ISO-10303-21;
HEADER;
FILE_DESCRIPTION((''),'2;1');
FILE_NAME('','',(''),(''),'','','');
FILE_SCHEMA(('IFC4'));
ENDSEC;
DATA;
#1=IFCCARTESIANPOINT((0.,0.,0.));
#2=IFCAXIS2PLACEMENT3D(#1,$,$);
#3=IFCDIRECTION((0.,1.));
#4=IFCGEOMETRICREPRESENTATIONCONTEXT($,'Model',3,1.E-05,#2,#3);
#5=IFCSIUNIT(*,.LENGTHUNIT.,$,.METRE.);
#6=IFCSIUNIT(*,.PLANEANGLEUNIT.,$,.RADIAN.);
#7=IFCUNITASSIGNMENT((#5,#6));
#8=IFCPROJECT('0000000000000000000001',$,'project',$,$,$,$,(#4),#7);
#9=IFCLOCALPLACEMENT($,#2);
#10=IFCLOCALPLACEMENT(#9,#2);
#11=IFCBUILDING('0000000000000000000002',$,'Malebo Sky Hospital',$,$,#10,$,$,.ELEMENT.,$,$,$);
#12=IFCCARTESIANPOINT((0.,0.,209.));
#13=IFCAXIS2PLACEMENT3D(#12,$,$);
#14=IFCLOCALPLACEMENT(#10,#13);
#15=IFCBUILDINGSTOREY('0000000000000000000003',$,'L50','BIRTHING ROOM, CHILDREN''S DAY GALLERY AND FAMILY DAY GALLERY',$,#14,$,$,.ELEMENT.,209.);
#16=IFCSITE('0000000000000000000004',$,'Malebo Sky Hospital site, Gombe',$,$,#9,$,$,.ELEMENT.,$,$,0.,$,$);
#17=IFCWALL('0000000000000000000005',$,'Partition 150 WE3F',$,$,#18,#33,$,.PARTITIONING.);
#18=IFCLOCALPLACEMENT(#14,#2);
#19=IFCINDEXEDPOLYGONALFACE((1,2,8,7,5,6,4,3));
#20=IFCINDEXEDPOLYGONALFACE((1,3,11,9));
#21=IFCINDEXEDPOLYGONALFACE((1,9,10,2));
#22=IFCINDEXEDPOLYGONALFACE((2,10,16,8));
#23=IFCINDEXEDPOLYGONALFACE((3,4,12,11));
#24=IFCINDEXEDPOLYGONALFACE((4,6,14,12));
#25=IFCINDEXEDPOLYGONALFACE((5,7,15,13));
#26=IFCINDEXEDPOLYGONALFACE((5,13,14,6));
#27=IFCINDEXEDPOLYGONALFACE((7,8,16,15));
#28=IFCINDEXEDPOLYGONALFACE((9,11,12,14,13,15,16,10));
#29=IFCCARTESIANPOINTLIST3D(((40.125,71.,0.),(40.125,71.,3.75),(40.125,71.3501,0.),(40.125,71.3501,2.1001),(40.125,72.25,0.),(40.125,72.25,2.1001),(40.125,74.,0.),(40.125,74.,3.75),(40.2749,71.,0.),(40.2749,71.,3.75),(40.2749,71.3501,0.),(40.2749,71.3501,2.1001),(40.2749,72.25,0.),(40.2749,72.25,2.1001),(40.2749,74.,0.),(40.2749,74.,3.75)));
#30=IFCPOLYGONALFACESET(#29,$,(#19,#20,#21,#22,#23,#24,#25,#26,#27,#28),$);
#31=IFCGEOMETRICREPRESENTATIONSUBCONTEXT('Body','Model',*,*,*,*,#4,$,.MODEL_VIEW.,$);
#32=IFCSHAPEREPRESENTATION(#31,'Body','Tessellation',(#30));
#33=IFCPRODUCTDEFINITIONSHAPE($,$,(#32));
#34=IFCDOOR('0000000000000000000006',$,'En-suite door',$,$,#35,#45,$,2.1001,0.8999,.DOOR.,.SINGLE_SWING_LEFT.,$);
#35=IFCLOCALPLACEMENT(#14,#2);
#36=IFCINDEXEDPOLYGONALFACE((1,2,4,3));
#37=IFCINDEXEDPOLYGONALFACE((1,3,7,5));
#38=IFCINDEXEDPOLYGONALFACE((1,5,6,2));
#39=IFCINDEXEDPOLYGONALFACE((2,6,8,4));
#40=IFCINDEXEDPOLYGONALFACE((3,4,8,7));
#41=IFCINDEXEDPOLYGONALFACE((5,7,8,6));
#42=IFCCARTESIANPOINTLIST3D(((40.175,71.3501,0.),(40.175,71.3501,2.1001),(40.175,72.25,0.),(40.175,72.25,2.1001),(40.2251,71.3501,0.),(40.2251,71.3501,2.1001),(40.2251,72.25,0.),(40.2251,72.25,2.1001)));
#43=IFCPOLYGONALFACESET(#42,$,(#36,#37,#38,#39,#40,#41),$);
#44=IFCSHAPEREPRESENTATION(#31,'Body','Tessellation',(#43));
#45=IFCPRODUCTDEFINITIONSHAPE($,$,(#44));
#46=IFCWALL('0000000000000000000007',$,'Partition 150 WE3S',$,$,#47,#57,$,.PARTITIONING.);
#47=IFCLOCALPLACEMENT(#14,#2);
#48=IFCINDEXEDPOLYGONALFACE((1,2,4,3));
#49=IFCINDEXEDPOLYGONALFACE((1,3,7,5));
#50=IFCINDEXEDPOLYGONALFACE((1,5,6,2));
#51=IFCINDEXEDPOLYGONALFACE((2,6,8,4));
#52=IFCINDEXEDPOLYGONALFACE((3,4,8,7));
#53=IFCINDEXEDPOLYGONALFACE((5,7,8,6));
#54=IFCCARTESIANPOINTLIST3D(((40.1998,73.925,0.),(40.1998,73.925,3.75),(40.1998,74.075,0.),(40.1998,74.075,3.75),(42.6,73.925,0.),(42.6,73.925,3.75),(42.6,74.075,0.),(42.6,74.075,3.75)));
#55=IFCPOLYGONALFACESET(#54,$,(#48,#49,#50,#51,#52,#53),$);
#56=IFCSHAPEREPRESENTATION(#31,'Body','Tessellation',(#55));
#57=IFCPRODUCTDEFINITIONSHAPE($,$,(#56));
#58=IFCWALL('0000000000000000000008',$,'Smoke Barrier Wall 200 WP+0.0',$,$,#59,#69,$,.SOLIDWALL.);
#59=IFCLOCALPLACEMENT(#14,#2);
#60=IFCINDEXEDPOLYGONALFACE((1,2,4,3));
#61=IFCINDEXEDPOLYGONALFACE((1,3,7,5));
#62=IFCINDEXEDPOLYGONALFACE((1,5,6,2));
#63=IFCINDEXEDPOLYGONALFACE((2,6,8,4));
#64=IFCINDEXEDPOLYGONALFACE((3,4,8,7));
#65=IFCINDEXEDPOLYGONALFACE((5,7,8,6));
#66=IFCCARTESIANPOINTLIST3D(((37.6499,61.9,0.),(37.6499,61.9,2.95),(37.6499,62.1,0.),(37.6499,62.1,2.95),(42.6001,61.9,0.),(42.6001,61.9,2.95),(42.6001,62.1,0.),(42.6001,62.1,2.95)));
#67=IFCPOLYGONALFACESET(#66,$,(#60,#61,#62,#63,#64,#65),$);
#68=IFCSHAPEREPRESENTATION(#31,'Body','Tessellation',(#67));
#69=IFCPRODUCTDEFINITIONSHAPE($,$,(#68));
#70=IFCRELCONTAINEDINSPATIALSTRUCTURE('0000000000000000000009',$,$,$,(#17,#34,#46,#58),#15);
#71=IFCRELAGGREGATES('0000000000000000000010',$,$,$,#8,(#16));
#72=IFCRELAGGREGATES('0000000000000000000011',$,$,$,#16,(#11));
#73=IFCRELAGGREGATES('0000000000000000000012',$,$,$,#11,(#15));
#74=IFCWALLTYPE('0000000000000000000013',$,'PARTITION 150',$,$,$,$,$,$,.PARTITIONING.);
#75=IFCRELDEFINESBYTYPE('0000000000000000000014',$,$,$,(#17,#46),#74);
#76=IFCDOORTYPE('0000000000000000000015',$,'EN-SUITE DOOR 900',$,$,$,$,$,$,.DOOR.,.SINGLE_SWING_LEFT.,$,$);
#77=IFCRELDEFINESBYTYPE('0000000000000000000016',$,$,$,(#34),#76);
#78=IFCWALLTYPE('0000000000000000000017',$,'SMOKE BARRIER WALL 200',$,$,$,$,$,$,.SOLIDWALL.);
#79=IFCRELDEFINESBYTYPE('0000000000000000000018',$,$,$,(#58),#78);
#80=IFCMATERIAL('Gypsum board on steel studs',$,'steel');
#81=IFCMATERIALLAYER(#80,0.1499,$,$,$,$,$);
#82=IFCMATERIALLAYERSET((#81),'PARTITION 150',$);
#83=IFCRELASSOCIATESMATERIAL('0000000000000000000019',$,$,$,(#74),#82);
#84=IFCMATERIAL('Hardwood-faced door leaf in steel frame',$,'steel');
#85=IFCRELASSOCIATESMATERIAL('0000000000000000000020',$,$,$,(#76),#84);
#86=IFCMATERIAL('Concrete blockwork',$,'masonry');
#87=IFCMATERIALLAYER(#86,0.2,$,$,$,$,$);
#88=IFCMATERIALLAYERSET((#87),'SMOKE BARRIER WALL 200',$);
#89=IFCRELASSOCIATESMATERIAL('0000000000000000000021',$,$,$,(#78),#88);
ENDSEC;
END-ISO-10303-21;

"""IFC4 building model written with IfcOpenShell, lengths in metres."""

from ifc_helpers import new_model, si_unit, direction, frame, frame_2d, origin, place, context, subcontext, project, spatial, rectangle, extrude, material, layer, layer_set, type_object, element, fill, save


model = new_model("IFC4")

# Units and contexts
model_context = context("Model", 3, precision=1e-05, world=origin(), true_north=direction((0.0, 1.0)))
body_context = subcontext(model_context, "Body", "Model", "MODEL_VIEW")
ifc_project = project(units=[si_unit("LENGTHUNIT", "METRE"), si_unit("PLANEANGLEUNIT", "RADIAN")], contexts=[model_context])

# Site, building, storey
site_placement = place(None, origin())
site = spatial("IfcSite", under=ifc_project, at=site_placement, Name="Malebo Sky Hospital site, Gombe", CompositionType="ELEMENT", RefElevation=0.0)
building_placement = place(site_placement, origin())
building = spatial("IfcBuilding", under=site, at=building_placement, Name="Malebo Sky Hospital", CompositionType="ELEMENT")
storey_placement = place(building_placement, frame((0.0, 0.0, 209.0)))
storey = spatial("IfcBuildingStorey", under=building, at=storey_placement, Name="L50", Description="BIRTHING ROOM, CHILDREN'S DAY GALLERY AND FAMILY DAY GALLERY", CompositionType="ELEMENT", Elevation=209.0)

# Shared definitions
ifc_material_1 = material(Name="Gypsum board on steel studs", Category="steel")
ifc_layer_1 = layer(ifc_material_1, 0.1499)
ifc_layer_set_1 = layer_set([ifc_layer_1], Name="PARTITION 150")
wall_type_1 = type_object("IfcWallType", Name="PARTITION 150", PredefinedType="PARTITIONING", material=ifc_layer_set_1)

# Shared definitions
ifc_material_2 = material(Name="Hardwood-faced door leaf in steel frame", Category="steel")
door_type = type_object("IfcDoorType", Name="EN-SUITE DOOR 900", OperationType="SINGLE_SWING_LEFT", PredefinedType="DOOR", material=ifc_material_2)

# Wall, opening, door
wall_1_placement = place(storey_placement, frame((40.2, 71.0, 0.0), z_axis=(0.0, 0.0, 1.0), x_axis=(0.0, 1.0, 0.0)))
wall_1 = element("IfcWall", 1, at=wall_1_placement, inside=storey, type_object=wall_type_1, Name="Partition 150 WE3F", PredefinedType="PARTITIONING", context=body_context, shape_type="SweptSolid", body=[
    extrude(rectangle(XDim=3.0, YDim=0.1499, at=frame_2d((1.5, 0.0))), origin(), (0.0, 0.0, 1.0), 3.75),
])
opening_1_placement = place(wall_1_placement, frame((0.3501, 0.0, 0.0)))
opening_1 = element("IfcOpeningElement", 2, at=opening_1_placement, cuts=wall_1, PredefinedType="OPENING", context=body_context, shape_type="SweptSolid", body=[
    extrude(rectangle(XDim=0.8999, YDim=2.1001, at=frame_2d((0.45, 1.05))), frame((0.0, 0.085, 0.0), z_axis=(0.0, -1.0, 0.0), x_axis=(1.0, 0.0, 0.0)), (0.0, 0.0, 1.0), 0.1699),
])
door_1_placement = place(opening_1_placement, origin())
door_1 = element("IfcDoor", 3, at=door_1_placement, inside=storey, type_object=door_type, Name="En-suite door", OperationType="SINGLE_SWING_LEFT", OverallHeight=2.1001, OverallWidth=0.8999, PredefinedType="DOOR", context=body_context, shape_type="SweptSolid", body=[
    extrude(rectangle(XDim=0.8999, YDim=2.1001, at=frame_2d((0.45, 1.05))), frame((0.0, 0.0249, 0.0), z_axis=(0.0, -1.0, 0.0), x_axis=(1.0, 0.0, 0.0)), (0.0, 0.0, 1.0), 0.05),
])
fill(opening_1, door_1)

# Walls
wall_2_placement = place(storey_placement, frame((42.6001, 74.0, 0.0), z_axis=(0.0, 0.0, 1.0), x_axis=(-1.0, 0.0, 0.0)))
element("IfcWall", 4, at=wall_2_placement, inside=storey, type_object=wall_type_1, Name="Partition 150 WE3S", PredefinedType="PARTITIONING", context=body_context, shape_type="SweptSolid", body=[
    extrude(rectangle(XDim=2.4001, YDim=0.1499, at=frame_2d((1.2002, 0.0))), origin(), (0.0, 0.0, 1.0), 3.75),
])
ifc_material_3 = material(Name="Concrete blockwork", Category="masonry")
ifc_layer_2 = layer(ifc_material_3, 0.2)
ifc_layer_set_2 = layer_set([ifc_layer_2], Name="SMOKE BARRIER WALL 200")
wall_type_2 = type_object("IfcWallType", Name="SMOKE BARRIER WALL 200", PredefinedType="SOLIDWALL", material=ifc_layer_set_2)
wall_3_placement = place(storey_placement, frame((42.6001, 62.0, 0.0), z_axis=(0.0, 0.0, 1.0), x_axis=(-1.0, 0.0, 0.0)))
element("IfcWall", 5, at=wall_3_placement, inside=storey, type_object=wall_type_2, Name="Smoke Barrier Wall 200 WP+0.0", PredefinedType="SOLIDWALL", context=body_context, shape_type="SweptSolid", body=[
    extrude(rectangle(XDim=4.9502, YDim=0.2, at=frame_2d((2.4751, 0.0))), origin(), (0.0, 0.0, 1.0), 2.95),
])

save(model, "model.ifc")
